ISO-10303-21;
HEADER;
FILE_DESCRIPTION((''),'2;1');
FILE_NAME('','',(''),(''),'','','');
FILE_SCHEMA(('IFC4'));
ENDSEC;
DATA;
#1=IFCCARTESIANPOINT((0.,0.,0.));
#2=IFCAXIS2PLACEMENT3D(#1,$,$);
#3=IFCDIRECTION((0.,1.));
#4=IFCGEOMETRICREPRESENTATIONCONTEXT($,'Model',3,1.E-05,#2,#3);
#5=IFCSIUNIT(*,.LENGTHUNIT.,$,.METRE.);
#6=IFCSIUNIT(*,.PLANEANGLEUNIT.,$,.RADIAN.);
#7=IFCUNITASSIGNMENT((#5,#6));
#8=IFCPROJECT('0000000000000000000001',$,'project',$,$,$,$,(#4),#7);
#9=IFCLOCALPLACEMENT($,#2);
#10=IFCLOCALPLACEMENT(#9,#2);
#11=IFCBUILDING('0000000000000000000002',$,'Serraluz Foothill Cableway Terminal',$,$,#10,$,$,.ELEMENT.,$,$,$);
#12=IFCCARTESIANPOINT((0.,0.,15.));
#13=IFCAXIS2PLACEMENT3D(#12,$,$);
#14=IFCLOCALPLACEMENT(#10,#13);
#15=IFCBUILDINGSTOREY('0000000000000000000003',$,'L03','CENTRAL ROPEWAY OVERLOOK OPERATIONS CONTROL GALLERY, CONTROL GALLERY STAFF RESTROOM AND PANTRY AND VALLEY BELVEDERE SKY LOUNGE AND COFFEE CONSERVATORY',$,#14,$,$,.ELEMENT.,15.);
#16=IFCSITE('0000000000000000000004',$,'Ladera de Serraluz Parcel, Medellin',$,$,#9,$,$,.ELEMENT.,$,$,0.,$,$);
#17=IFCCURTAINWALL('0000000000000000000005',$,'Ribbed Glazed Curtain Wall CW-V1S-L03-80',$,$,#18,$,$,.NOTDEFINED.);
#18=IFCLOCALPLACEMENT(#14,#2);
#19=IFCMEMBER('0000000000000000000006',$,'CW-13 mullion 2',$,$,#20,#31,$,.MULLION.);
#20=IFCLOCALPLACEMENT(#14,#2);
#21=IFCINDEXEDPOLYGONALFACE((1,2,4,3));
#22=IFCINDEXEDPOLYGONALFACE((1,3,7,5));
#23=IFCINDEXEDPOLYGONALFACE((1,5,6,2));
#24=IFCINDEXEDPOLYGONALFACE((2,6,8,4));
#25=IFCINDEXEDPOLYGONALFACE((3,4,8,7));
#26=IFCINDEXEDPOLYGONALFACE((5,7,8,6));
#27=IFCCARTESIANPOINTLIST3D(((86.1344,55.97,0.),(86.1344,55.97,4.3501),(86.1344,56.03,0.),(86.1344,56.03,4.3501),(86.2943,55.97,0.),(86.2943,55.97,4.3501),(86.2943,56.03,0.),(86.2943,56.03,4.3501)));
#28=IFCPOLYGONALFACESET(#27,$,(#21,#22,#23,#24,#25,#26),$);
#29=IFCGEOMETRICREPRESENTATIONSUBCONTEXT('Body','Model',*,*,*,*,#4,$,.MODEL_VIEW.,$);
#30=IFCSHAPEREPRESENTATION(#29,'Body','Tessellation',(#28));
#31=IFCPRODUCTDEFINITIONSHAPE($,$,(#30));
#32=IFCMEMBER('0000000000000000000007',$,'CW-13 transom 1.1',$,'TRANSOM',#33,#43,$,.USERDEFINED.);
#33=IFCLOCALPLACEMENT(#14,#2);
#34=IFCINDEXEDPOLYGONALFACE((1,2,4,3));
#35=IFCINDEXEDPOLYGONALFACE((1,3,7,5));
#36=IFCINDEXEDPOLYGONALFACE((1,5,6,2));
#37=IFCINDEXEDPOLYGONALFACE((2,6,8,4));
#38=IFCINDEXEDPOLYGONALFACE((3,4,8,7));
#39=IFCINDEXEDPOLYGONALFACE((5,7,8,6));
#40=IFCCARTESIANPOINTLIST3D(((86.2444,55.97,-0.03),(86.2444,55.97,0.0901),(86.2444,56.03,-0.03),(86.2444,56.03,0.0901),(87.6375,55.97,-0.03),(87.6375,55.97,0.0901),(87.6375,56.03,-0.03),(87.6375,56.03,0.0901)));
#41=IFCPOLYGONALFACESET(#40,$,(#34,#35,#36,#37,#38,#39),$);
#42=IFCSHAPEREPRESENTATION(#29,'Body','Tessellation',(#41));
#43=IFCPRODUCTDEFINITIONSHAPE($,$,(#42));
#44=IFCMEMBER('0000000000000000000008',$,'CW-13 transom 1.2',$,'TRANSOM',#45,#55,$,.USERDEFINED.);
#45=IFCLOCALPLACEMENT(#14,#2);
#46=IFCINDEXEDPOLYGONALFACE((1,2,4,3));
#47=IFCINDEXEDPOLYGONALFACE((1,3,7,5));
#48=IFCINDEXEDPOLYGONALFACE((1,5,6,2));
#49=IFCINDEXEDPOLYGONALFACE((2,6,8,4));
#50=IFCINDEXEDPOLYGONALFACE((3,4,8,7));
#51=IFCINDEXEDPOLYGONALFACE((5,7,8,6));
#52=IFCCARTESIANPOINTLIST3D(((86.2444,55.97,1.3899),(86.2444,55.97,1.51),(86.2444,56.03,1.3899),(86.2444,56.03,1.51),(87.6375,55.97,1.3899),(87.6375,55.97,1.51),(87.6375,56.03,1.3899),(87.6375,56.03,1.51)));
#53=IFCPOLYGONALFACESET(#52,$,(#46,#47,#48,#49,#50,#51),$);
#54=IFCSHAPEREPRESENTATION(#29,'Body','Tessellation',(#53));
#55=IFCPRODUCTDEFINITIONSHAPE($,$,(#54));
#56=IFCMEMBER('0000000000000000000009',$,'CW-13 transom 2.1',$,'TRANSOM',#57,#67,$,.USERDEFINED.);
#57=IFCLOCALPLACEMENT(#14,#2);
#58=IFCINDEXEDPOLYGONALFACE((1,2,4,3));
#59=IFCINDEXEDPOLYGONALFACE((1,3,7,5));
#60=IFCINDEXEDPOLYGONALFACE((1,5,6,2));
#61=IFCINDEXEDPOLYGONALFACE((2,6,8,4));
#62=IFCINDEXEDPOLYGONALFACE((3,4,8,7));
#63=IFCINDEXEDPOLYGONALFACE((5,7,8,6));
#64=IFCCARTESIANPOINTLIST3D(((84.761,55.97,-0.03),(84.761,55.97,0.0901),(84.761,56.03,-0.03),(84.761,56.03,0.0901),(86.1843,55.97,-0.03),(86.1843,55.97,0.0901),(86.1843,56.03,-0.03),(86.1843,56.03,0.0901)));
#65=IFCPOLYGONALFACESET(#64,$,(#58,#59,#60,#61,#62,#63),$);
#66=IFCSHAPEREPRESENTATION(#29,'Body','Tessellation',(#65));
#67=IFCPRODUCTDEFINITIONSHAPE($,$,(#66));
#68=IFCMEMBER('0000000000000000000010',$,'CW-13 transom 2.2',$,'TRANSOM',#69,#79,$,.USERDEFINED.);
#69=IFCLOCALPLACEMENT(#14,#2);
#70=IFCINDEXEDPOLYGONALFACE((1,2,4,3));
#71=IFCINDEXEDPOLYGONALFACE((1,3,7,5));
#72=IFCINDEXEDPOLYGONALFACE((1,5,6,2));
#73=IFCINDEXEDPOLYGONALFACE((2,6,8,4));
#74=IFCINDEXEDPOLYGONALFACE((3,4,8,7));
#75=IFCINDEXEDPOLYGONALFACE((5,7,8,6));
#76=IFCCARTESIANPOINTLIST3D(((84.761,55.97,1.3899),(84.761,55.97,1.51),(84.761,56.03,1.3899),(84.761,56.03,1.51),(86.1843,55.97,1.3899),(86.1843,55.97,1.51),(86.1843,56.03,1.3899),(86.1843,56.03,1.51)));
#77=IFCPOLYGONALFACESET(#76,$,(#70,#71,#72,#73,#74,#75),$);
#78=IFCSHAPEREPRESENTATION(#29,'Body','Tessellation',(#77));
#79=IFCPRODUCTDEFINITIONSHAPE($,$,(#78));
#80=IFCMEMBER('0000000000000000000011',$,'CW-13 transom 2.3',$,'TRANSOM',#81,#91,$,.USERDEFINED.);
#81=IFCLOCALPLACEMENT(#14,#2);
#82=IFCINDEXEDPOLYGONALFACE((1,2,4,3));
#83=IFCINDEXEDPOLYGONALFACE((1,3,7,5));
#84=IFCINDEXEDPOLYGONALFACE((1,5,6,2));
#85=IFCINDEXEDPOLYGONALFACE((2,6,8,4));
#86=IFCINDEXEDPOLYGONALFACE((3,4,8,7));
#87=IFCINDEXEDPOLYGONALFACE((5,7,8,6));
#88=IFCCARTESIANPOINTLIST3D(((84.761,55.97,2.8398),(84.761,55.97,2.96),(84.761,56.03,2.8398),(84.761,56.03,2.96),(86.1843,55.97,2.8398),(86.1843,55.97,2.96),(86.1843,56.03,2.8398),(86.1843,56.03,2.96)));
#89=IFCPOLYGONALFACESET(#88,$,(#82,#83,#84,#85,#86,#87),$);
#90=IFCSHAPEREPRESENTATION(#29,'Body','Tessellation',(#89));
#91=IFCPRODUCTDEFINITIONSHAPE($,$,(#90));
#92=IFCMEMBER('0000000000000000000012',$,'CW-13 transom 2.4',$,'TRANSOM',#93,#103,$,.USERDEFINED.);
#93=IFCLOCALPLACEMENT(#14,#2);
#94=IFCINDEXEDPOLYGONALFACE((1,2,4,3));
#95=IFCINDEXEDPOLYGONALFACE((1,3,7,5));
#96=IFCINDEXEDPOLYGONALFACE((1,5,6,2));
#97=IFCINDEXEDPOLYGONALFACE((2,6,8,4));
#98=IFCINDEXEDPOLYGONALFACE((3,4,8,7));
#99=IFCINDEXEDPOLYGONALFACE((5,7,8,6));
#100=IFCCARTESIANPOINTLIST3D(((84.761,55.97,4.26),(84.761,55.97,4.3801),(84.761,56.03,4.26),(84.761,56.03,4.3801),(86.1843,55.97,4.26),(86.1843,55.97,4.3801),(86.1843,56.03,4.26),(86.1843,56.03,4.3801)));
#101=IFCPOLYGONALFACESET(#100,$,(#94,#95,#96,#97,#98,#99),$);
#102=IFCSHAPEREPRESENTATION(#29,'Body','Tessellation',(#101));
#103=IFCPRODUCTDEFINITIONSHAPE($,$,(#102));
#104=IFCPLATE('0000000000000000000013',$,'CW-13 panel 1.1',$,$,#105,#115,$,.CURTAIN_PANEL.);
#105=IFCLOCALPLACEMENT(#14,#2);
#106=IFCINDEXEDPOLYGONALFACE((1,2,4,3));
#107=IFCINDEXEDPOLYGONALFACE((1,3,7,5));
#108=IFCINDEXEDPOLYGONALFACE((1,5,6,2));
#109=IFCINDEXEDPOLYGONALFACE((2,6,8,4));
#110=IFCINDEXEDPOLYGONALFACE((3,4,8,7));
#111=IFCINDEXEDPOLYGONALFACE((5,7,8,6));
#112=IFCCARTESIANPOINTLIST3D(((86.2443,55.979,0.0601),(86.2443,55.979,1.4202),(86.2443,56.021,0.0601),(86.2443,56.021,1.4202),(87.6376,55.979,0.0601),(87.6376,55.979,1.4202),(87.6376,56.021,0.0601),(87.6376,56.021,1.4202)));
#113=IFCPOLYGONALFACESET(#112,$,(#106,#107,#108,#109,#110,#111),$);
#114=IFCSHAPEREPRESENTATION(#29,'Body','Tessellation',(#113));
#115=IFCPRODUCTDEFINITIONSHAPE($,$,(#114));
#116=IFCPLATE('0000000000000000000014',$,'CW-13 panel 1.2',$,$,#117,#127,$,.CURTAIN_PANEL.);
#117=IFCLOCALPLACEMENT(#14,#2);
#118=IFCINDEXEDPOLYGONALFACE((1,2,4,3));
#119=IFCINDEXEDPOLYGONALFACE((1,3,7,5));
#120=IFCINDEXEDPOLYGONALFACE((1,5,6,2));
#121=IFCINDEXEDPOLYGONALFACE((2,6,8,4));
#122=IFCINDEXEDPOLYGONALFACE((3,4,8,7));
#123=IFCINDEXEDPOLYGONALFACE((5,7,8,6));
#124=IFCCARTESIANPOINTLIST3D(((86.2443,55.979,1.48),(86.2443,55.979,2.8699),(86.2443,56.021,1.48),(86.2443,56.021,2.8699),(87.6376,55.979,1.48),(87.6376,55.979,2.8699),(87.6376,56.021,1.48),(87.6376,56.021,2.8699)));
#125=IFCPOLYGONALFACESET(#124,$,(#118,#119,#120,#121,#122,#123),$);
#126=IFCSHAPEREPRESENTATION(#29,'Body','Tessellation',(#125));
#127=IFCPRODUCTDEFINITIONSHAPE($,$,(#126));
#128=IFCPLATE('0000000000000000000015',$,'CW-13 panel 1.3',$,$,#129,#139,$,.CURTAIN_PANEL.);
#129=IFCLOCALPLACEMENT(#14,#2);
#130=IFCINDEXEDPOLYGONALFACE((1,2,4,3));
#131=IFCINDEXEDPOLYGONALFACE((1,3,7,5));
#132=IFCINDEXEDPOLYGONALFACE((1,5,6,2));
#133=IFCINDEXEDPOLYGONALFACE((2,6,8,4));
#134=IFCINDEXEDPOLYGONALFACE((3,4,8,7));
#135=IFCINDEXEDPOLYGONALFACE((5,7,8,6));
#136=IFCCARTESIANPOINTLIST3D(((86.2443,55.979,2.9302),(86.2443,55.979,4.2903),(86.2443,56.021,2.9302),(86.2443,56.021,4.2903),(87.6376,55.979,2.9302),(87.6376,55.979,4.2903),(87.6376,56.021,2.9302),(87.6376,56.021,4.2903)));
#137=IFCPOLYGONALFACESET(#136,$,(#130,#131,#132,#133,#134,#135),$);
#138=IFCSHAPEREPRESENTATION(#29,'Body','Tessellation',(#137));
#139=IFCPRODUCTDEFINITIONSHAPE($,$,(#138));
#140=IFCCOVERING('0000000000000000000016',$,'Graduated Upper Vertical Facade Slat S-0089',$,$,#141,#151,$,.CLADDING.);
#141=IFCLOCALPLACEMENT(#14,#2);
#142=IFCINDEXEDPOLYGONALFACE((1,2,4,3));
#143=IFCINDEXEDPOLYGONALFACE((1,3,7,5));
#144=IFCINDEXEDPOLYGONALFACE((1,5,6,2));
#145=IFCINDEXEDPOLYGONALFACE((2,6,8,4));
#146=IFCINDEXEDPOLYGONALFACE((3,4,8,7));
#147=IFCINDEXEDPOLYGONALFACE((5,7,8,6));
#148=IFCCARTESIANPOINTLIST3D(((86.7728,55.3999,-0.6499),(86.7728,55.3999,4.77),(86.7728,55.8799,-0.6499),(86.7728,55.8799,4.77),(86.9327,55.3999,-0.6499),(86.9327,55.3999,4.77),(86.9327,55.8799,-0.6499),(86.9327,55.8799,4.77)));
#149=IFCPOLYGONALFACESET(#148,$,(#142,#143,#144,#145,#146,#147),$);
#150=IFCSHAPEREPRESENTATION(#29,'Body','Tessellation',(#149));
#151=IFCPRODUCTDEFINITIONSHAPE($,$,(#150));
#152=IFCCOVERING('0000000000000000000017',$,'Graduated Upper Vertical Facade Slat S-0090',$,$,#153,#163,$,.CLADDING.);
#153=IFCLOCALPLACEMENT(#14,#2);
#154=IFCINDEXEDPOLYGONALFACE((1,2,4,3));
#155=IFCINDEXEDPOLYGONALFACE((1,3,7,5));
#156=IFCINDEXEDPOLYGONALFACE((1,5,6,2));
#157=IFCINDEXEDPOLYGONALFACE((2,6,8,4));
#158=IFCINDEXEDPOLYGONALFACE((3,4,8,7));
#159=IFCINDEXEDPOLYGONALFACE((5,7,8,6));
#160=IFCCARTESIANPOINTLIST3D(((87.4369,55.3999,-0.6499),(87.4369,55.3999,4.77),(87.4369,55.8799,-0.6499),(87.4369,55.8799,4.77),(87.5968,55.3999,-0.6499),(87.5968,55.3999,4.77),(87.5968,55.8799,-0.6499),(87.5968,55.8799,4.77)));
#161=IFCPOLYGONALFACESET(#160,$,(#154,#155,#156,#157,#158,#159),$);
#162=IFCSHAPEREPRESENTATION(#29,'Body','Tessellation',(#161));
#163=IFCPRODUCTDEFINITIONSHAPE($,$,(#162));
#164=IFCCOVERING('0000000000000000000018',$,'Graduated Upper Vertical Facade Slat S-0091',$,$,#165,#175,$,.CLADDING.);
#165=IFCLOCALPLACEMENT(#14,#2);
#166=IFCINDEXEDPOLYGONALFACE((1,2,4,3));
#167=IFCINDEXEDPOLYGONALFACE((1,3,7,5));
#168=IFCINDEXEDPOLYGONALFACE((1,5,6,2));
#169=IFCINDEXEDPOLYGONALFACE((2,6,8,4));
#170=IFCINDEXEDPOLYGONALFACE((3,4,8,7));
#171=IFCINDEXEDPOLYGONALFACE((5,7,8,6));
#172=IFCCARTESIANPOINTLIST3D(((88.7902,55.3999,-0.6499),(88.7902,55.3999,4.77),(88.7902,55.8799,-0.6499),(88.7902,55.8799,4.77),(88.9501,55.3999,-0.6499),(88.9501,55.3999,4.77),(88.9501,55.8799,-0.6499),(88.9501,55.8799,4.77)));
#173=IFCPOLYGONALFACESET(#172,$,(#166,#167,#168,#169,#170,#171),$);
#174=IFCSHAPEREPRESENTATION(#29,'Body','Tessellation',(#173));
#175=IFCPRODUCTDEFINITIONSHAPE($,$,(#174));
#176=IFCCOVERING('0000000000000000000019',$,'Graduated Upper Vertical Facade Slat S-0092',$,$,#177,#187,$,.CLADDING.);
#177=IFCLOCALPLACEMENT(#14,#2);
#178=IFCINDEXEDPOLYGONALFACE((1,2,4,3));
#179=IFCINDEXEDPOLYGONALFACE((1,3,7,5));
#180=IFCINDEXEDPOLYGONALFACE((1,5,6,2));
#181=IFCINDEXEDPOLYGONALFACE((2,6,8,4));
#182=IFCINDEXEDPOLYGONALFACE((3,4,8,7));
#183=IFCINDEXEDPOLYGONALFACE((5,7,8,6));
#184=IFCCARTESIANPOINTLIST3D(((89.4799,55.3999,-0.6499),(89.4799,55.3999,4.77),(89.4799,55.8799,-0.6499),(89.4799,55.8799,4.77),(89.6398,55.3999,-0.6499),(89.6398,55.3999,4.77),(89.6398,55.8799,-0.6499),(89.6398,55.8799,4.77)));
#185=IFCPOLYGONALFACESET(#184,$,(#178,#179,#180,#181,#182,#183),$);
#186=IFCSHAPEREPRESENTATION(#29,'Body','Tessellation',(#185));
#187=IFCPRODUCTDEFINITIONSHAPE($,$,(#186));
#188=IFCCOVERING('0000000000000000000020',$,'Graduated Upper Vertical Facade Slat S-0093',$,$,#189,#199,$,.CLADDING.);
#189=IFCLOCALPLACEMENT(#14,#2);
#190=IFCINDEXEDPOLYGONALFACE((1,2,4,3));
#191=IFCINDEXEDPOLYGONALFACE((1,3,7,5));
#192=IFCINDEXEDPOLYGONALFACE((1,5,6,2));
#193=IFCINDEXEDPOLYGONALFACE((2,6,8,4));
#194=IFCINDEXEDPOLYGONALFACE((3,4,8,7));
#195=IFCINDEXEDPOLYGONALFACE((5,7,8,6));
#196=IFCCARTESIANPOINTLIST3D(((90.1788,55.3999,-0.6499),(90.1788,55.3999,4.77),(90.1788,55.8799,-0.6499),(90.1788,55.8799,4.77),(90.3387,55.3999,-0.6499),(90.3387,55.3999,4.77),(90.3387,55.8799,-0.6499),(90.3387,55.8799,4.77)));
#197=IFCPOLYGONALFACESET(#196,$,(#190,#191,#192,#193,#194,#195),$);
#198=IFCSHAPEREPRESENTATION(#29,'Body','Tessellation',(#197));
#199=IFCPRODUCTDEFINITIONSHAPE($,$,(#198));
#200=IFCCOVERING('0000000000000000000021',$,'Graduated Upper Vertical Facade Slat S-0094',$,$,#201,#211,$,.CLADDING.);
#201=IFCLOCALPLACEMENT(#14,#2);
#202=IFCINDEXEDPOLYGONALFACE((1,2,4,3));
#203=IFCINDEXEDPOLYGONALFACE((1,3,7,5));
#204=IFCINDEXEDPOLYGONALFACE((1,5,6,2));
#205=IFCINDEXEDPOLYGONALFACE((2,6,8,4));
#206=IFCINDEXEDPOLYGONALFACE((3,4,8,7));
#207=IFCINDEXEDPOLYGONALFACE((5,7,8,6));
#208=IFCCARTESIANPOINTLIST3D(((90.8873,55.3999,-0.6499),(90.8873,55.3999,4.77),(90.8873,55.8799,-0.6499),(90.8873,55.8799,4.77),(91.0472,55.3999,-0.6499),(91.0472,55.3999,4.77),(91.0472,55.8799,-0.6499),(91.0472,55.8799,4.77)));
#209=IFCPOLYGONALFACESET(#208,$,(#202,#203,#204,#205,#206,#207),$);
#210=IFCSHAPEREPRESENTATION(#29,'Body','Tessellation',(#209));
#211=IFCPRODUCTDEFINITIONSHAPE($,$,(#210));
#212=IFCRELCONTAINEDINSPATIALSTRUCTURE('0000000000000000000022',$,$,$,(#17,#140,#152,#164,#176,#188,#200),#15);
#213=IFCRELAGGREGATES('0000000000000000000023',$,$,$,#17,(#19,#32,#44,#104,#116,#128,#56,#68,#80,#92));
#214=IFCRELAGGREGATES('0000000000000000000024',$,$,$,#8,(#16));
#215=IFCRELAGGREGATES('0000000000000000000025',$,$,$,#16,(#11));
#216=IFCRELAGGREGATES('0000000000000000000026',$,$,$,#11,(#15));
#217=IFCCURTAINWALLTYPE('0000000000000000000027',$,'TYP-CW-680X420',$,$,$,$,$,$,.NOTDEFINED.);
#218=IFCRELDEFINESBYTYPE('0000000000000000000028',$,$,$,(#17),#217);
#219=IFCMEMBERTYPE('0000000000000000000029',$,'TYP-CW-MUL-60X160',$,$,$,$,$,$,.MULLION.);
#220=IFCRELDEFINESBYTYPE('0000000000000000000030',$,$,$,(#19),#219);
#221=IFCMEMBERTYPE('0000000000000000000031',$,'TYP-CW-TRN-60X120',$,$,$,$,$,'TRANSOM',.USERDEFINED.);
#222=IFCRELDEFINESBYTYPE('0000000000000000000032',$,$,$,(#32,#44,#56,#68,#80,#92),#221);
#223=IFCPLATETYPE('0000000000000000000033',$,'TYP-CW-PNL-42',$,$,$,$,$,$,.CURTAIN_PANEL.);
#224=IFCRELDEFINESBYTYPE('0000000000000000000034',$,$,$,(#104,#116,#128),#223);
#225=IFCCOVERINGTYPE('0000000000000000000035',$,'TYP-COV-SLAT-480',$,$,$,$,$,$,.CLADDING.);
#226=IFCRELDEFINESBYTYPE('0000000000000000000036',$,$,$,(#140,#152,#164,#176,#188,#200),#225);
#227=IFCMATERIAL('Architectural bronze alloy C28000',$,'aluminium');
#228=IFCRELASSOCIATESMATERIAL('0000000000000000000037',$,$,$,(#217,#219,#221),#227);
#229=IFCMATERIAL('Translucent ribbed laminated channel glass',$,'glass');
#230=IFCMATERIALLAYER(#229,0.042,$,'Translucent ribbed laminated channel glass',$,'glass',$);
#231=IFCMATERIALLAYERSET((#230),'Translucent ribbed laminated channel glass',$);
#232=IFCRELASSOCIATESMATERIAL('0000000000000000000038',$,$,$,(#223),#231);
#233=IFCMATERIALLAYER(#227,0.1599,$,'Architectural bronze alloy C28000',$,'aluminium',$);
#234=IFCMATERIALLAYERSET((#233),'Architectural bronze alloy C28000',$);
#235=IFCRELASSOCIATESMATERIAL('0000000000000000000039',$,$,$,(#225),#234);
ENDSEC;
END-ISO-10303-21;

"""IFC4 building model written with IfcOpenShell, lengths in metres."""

from ifc_helpers import new_model, si_unit, direction, frame, origin, origin_2d, place, context, subcontext, project, spatial, rectangle, extrude, material, layer, layer_set, material_profile, profile_set, type_object, element, aggregate, save


model = new_model("IFC4")

# Units and contexts
model_context = context("Model", 3, precision=1e-05, world=origin(), true_north=direction((0.0, 1.0)))
body_context = subcontext(model_context, "Body", "Model", "MODEL_VIEW")
ifc_project = project(units=[si_unit("LENGTHUNIT", "METRE"), si_unit("PLANEANGLEUNIT", "RADIAN")], contexts=[model_context])

# Site, building, storey
site_placement = place(None, origin())
site = spatial("IfcSite", under=ifc_project, at=site_placement, Name="Ladera de Serraluz Parcel, Medellin", CompositionType="ELEMENT", RefElevation=0.0)
building_placement = place(site_placement, origin())
building = spatial("IfcBuilding", under=site, at=building_placement, Name="Serraluz Foothill Cableway Terminal", CompositionType="ELEMENT")
storey_placement = place(building_placement, frame((0.0, 0.0, 15.0)))
storey = spatial("IfcBuildingStorey", under=building, at=storey_placement, Name="L03", Description="CENTRAL ROPEWAY OVERLOOK OPERATIONS CONTROL GALLERY, CONTROL GALLERY STAFF RESTROOM AND PANTRY AND VALLEY BELVEDERE SKY LOUNGE AND COFFEE CONSERVATORY", CompositionType="ELEMENT", Elevation=15.0)

# Curtain wall, members, plates
ifc_material_1 = material(Name="Architectural bronze alloy C28000", Category="aluminium")
curtain_wall_type = type_object("IfcCurtainWallType", Name="TYP-CW-680X420", PredefinedType="NOTDEFINED", material=ifc_material_1)
curtain_wall_placement = place(storey_placement, origin())
curtain_wall = element("IfcCurtainWall", 1, at=curtain_wall_placement, inside=storey, type_object=curtain_wall_type, Name="Ribbed Glazed Curtain Wall CW-V1S-L03-80", PredefinedType="NOTDEFINED")
ifc_material_profile_1 = material_profile(ifc_material_1, rectangle(XDim=0.0601, YDim=0.1599, at=origin_2d()), Name="ALU MULLION 60x160")
ifc_profile_set_1 = profile_set([ifc_material_profile_1], Name="Architectural bronze alloy C28000")
member_type_1 = type_object("IfcMemberType", Name="TYP-CW-MUL-60X160", PredefinedType="MULLION", material=ifc_profile_set_1)
member_1_placement = place(storey_placement, frame((86.2144, 56.0, 0.0), z_axis=(0.0, 0.0, 1.0), x_axis=(0.0, -1.0, 0.0)))
member_1 = element("IfcMember", 2, at=member_1_placement, type_object=member_type_1, Name="CW-13 mullion 2", PredefinedType="MULLION", context=body_context, shape_type="SweptSolid", body=[
    extrude(rectangle(XDim=0.0601, YDim=0.1599, at=origin_2d()), origin(), (0.0, 0.0, 1.0), 4.3501),
])
ifc_material_profile_2 = material_profile(ifc_material_1, rectangle(XDim=0.0601, YDim=0.1201, at=origin_2d()), Name="ALU TRANSOM 60x120")
ifc_profile_set_2 = profile_set([ifc_material_profile_2], Name="Architectural bronze alloy C28000")
member_type_2 = type_object("IfcMemberType", Name="TYP-CW-TRN-60X120", ElementType="TRANSOM", PredefinedType="USERDEFINED", material=ifc_profile_set_2)
member_2_placement = place(storey_placement, frame((87.6375, 56.0, 0.03), z_axis=(-1.0, 0.0, 0.0), x_axis=(0.0, -1.0, 0.0)))
member_2 = element("IfcMember", 3, at=member_2_placement, type_object=member_type_2, Name="CW-13 transom 1.1", ObjectType="TRANSOM", PredefinedType="USERDEFINED", context=body_context, shape_type="SweptSolid", body=[
    extrude(rectangle(XDim=0.0601, YDim=0.1201, at=origin_2d()), origin(), (0.0, 0.0, 1.0), 1.3931),
])
member_3_placement = place(storey_placement, frame((87.6375, 56.0, 1.45), z_axis=(-1.0, 0.0, 0.0), x_axis=(0.0, -1.0, 0.0)))
member_3 = element("IfcMember", 4, at=member_3_placement, type_object=member_type_2, Name="CW-13 transom 1.2", ObjectType="TRANSOM", PredefinedType="USERDEFINED", context=body_context, shape_type="SweptSolid", body=[
    extrude(rectangle(XDim=0.0601, YDim=0.1201, at=origin_2d()), origin(), (0.0, 0.0, 1.0), 1.3931),
])
member_4_placement = place(storey_placement, frame((86.1843, 56.0, 0.03), z_axis=(-1.0, 0.0, 0.0), x_axis=(0.0, -1.0, 0.0)))
member_4 = element("IfcMember", 5, at=member_4_placement, type_object=member_type_2, Name="CW-13 transom 2.1", ObjectType="TRANSOM", PredefinedType="USERDEFINED", context=body_context, shape_type="SweptSolid", body=[
    extrude(rectangle(XDim=0.0601, YDim=0.1201, at=origin_2d()), origin(), (0.0, 0.0, 1.0), 1.4233),
])
member_5_placement = place(storey_placement, frame((86.1843, 56.0, 1.45), z_axis=(-1.0, 0.0, 0.0), x_axis=(0.0, -1.0, 0.0)))
member_5 = element("IfcMember", 6, at=member_5_placement, type_object=member_type_2, Name="CW-13 transom 2.2", ObjectType="TRANSOM", PredefinedType="USERDEFINED", context=body_context, shape_type="SweptSolid", body=[
    extrude(rectangle(XDim=0.0601, YDim=0.1201, at=origin_2d()), origin(), (0.0, 0.0, 1.0), 1.4233),
])
member_6_placement = place(storey_placement, frame((86.1843, 56.0, 2.8999), z_axis=(-1.0, 0.0, 0.0), x_axis=(0.0, -1.0, 0.0)))
member_6 = element("IfcMember", 7, at=member_6_placement, type_object=member_type_2, Name="CW-13 transom 2.3", ObjectType="TRANSOM", PredefinedType="USERDEFINED", context=body_context, shape_type="SweptSolid", body=[
    extrude(rectangle(XDim=0.0601, YDim=0.1201, at=origin_2d()), origin(), (0.0, 0.0, 1.0), 1.4233),
])
member_7_placement = place(storey_placement, frame((86.1843, 56.0, 4.3201), z_axis=(-1.0, 0.0, 0.0), x_axis=(0.0, -1.0, 0.0)))
member_7 = element("IfcMember", 8, at=member_7_placement, type_object=member_type_2, Name="CW-13 transom 2.4", ObjectType="TRANSOM", PredefinedType="USERDEFINED", context=body_context, shape_type="SweptSolid", body=[
    extrude(rectangle(XDim=0.0601, YDim=0.1201, at=origin_2d()), origin(), (0.0, 0.0, 1.0), 1.4233),
])
ifc_material_2 = material(Name="Translucent ribbed laminated channel glass", Category="glass")
ifc_layer_1 = layer(ifc_material_2, 0.042, Name="Translucent ribbed laminated channel glass", Category="glass")
ifc_layer_set_1 = layer_set([ifc_layer_1], Name="Translucent ribbed laminated channel glass")
plate_type = type_object("IfcPlateType", Name="TYP-CW-PNL-42", PredefinedType="CURTAIN_PANEL", material=ifc_layer_set_1)
plate_1_placement = place(storey_placement, frame((86.9409, 56.0, 0.0601), z_axis=(0.0, 0.0, 1.0), x_axis=(-1.0, 0.0, 0.0)))
plate_1 = element("IfcPlate", 9, at=plate_1_placement, type_object=plate_type, Name="CW-13 panel 1.1", PredefinedType="CURTAIN_PANEL", context=body_context, shape_type="SweptSolid", body=[
    extrude(rectangle(XDim=1.3933, YDim=0.042, at=origin_2d()), origin(), (0.0, 0.0, 1.0), 1.3601),
])
plate_2_placement = place(storey_placement, frame((86.9409, 56.0, 1.48), z_axis=(0.0, 0.0, 1.0), x_axis=(-1.0, 0.0, 0.0)))
plate_2 = element("IfcPlate", 10, at=plate_2_placement, type_object=plate_type, Name="CW-13 panel 1.2", PredefinedType="CURTAIN_PANEL", context=body_context, shape_type="SweptSolid", body=[
    extrude(rectangle(XDim=1.3933, YDim=0.042, at=origin_2d()), origin(), (0.0, 0.0, 1.0), 1.3899),
])
plate_3_placement = place(storey_placement, frame((86.9409, 56.0, 2.9302), z_axis=(0.0, 0.0, 1.0), x_axis=(-1.0, 0.0, 0.0)))
plate_3 = element("IfcPlate", 11, at=plate_3_placement, type_object=plate_type, Name="CW-13 panel 1.3", PredefinedType="CURTAIN_PANEL", context=body_context, shape_type="SweptSolid", body=[
    extrude(rectangle(XDim=1.3933, YDim=0.042, at=origin_2d()), origin(), (0.0, 0.0, 1.0), 1.3601),
])
aggregate(curtain_wall, [member_1, member_2, member_3, plate_1, plate_2, plate_3, member_4, member_5, member_6, member_7])

# Coverings
ifc_layer_2 = layer(ifc_material_1, 0.1599, Name="Architectural bronze alloy C28000", Category="aluminium")
ifc_layer_set_2 = layer_set([ifc_layer_2], Name="Architectural bronze alloy C28000")
covering_type = type_object("IfcCoveringType", Name="TYP-COV-SLAT-480", PredefinedType="CLADDING", material=ifc_layer_set_2)
for number, where, z_axis, x_axis, name in (
    (12, (86.8528, 55.6399, -0.6499), (0.0, 0.0, 1.0), (1.0, 0.0, 0.0), "Graduated Upper Vertical Facade Slat S-0089"),
    (13, (87.5168, 55.6399, -0.6499), (0.0, 0.0, 1.0), (1.0, 0.0, 0.0), "Graduated Upper Vertical Facade Slat S-0090"),
    (14, (88.8701, 55.6399, -0.6499), (0.0, 0.0, 1.0), (1.0, 0.0, 0.0), "Graduated Upper Vertical Facade Slat S-0091"),
    (15, (89.5598, 55.6399, -0.6499), (0.0, 0.0, 1.0), (1.0, 0.0, 0.0), "Graduated Upper Vertical Facade Slat S-0092"),
    (16, (90.2588, 55.6399, -0.6499), (0.0, 0.0, 1.0), (1.0, 0.0, 0.0), "Graduated Upper Vertical Facade Slat S-0093"),
    (17, (90.9673, 55.6399, -0.6499), (0.0, 0.0, 1.0), (1.0, 0.0, 0.0), "Graduated Upper Vertical Facade Slat S-0094"),
):
    element("IfcCovering", number, at=place(storey_placement, frame(where, z_axis=z_axis, x_axis=x_axis)), inside=storey, type_object=covering_type, Name=name, PredefinedType="CLADDING", context=body_context, shape_type="SweptSolid", body=[
        extrude(rectangle(XDim=0.1599, YDim=0.48, at=origin_2d()), origin(), (0.0, 0.0, 1.0), 5.4199),
    ])

save(model, "model.ifc")
